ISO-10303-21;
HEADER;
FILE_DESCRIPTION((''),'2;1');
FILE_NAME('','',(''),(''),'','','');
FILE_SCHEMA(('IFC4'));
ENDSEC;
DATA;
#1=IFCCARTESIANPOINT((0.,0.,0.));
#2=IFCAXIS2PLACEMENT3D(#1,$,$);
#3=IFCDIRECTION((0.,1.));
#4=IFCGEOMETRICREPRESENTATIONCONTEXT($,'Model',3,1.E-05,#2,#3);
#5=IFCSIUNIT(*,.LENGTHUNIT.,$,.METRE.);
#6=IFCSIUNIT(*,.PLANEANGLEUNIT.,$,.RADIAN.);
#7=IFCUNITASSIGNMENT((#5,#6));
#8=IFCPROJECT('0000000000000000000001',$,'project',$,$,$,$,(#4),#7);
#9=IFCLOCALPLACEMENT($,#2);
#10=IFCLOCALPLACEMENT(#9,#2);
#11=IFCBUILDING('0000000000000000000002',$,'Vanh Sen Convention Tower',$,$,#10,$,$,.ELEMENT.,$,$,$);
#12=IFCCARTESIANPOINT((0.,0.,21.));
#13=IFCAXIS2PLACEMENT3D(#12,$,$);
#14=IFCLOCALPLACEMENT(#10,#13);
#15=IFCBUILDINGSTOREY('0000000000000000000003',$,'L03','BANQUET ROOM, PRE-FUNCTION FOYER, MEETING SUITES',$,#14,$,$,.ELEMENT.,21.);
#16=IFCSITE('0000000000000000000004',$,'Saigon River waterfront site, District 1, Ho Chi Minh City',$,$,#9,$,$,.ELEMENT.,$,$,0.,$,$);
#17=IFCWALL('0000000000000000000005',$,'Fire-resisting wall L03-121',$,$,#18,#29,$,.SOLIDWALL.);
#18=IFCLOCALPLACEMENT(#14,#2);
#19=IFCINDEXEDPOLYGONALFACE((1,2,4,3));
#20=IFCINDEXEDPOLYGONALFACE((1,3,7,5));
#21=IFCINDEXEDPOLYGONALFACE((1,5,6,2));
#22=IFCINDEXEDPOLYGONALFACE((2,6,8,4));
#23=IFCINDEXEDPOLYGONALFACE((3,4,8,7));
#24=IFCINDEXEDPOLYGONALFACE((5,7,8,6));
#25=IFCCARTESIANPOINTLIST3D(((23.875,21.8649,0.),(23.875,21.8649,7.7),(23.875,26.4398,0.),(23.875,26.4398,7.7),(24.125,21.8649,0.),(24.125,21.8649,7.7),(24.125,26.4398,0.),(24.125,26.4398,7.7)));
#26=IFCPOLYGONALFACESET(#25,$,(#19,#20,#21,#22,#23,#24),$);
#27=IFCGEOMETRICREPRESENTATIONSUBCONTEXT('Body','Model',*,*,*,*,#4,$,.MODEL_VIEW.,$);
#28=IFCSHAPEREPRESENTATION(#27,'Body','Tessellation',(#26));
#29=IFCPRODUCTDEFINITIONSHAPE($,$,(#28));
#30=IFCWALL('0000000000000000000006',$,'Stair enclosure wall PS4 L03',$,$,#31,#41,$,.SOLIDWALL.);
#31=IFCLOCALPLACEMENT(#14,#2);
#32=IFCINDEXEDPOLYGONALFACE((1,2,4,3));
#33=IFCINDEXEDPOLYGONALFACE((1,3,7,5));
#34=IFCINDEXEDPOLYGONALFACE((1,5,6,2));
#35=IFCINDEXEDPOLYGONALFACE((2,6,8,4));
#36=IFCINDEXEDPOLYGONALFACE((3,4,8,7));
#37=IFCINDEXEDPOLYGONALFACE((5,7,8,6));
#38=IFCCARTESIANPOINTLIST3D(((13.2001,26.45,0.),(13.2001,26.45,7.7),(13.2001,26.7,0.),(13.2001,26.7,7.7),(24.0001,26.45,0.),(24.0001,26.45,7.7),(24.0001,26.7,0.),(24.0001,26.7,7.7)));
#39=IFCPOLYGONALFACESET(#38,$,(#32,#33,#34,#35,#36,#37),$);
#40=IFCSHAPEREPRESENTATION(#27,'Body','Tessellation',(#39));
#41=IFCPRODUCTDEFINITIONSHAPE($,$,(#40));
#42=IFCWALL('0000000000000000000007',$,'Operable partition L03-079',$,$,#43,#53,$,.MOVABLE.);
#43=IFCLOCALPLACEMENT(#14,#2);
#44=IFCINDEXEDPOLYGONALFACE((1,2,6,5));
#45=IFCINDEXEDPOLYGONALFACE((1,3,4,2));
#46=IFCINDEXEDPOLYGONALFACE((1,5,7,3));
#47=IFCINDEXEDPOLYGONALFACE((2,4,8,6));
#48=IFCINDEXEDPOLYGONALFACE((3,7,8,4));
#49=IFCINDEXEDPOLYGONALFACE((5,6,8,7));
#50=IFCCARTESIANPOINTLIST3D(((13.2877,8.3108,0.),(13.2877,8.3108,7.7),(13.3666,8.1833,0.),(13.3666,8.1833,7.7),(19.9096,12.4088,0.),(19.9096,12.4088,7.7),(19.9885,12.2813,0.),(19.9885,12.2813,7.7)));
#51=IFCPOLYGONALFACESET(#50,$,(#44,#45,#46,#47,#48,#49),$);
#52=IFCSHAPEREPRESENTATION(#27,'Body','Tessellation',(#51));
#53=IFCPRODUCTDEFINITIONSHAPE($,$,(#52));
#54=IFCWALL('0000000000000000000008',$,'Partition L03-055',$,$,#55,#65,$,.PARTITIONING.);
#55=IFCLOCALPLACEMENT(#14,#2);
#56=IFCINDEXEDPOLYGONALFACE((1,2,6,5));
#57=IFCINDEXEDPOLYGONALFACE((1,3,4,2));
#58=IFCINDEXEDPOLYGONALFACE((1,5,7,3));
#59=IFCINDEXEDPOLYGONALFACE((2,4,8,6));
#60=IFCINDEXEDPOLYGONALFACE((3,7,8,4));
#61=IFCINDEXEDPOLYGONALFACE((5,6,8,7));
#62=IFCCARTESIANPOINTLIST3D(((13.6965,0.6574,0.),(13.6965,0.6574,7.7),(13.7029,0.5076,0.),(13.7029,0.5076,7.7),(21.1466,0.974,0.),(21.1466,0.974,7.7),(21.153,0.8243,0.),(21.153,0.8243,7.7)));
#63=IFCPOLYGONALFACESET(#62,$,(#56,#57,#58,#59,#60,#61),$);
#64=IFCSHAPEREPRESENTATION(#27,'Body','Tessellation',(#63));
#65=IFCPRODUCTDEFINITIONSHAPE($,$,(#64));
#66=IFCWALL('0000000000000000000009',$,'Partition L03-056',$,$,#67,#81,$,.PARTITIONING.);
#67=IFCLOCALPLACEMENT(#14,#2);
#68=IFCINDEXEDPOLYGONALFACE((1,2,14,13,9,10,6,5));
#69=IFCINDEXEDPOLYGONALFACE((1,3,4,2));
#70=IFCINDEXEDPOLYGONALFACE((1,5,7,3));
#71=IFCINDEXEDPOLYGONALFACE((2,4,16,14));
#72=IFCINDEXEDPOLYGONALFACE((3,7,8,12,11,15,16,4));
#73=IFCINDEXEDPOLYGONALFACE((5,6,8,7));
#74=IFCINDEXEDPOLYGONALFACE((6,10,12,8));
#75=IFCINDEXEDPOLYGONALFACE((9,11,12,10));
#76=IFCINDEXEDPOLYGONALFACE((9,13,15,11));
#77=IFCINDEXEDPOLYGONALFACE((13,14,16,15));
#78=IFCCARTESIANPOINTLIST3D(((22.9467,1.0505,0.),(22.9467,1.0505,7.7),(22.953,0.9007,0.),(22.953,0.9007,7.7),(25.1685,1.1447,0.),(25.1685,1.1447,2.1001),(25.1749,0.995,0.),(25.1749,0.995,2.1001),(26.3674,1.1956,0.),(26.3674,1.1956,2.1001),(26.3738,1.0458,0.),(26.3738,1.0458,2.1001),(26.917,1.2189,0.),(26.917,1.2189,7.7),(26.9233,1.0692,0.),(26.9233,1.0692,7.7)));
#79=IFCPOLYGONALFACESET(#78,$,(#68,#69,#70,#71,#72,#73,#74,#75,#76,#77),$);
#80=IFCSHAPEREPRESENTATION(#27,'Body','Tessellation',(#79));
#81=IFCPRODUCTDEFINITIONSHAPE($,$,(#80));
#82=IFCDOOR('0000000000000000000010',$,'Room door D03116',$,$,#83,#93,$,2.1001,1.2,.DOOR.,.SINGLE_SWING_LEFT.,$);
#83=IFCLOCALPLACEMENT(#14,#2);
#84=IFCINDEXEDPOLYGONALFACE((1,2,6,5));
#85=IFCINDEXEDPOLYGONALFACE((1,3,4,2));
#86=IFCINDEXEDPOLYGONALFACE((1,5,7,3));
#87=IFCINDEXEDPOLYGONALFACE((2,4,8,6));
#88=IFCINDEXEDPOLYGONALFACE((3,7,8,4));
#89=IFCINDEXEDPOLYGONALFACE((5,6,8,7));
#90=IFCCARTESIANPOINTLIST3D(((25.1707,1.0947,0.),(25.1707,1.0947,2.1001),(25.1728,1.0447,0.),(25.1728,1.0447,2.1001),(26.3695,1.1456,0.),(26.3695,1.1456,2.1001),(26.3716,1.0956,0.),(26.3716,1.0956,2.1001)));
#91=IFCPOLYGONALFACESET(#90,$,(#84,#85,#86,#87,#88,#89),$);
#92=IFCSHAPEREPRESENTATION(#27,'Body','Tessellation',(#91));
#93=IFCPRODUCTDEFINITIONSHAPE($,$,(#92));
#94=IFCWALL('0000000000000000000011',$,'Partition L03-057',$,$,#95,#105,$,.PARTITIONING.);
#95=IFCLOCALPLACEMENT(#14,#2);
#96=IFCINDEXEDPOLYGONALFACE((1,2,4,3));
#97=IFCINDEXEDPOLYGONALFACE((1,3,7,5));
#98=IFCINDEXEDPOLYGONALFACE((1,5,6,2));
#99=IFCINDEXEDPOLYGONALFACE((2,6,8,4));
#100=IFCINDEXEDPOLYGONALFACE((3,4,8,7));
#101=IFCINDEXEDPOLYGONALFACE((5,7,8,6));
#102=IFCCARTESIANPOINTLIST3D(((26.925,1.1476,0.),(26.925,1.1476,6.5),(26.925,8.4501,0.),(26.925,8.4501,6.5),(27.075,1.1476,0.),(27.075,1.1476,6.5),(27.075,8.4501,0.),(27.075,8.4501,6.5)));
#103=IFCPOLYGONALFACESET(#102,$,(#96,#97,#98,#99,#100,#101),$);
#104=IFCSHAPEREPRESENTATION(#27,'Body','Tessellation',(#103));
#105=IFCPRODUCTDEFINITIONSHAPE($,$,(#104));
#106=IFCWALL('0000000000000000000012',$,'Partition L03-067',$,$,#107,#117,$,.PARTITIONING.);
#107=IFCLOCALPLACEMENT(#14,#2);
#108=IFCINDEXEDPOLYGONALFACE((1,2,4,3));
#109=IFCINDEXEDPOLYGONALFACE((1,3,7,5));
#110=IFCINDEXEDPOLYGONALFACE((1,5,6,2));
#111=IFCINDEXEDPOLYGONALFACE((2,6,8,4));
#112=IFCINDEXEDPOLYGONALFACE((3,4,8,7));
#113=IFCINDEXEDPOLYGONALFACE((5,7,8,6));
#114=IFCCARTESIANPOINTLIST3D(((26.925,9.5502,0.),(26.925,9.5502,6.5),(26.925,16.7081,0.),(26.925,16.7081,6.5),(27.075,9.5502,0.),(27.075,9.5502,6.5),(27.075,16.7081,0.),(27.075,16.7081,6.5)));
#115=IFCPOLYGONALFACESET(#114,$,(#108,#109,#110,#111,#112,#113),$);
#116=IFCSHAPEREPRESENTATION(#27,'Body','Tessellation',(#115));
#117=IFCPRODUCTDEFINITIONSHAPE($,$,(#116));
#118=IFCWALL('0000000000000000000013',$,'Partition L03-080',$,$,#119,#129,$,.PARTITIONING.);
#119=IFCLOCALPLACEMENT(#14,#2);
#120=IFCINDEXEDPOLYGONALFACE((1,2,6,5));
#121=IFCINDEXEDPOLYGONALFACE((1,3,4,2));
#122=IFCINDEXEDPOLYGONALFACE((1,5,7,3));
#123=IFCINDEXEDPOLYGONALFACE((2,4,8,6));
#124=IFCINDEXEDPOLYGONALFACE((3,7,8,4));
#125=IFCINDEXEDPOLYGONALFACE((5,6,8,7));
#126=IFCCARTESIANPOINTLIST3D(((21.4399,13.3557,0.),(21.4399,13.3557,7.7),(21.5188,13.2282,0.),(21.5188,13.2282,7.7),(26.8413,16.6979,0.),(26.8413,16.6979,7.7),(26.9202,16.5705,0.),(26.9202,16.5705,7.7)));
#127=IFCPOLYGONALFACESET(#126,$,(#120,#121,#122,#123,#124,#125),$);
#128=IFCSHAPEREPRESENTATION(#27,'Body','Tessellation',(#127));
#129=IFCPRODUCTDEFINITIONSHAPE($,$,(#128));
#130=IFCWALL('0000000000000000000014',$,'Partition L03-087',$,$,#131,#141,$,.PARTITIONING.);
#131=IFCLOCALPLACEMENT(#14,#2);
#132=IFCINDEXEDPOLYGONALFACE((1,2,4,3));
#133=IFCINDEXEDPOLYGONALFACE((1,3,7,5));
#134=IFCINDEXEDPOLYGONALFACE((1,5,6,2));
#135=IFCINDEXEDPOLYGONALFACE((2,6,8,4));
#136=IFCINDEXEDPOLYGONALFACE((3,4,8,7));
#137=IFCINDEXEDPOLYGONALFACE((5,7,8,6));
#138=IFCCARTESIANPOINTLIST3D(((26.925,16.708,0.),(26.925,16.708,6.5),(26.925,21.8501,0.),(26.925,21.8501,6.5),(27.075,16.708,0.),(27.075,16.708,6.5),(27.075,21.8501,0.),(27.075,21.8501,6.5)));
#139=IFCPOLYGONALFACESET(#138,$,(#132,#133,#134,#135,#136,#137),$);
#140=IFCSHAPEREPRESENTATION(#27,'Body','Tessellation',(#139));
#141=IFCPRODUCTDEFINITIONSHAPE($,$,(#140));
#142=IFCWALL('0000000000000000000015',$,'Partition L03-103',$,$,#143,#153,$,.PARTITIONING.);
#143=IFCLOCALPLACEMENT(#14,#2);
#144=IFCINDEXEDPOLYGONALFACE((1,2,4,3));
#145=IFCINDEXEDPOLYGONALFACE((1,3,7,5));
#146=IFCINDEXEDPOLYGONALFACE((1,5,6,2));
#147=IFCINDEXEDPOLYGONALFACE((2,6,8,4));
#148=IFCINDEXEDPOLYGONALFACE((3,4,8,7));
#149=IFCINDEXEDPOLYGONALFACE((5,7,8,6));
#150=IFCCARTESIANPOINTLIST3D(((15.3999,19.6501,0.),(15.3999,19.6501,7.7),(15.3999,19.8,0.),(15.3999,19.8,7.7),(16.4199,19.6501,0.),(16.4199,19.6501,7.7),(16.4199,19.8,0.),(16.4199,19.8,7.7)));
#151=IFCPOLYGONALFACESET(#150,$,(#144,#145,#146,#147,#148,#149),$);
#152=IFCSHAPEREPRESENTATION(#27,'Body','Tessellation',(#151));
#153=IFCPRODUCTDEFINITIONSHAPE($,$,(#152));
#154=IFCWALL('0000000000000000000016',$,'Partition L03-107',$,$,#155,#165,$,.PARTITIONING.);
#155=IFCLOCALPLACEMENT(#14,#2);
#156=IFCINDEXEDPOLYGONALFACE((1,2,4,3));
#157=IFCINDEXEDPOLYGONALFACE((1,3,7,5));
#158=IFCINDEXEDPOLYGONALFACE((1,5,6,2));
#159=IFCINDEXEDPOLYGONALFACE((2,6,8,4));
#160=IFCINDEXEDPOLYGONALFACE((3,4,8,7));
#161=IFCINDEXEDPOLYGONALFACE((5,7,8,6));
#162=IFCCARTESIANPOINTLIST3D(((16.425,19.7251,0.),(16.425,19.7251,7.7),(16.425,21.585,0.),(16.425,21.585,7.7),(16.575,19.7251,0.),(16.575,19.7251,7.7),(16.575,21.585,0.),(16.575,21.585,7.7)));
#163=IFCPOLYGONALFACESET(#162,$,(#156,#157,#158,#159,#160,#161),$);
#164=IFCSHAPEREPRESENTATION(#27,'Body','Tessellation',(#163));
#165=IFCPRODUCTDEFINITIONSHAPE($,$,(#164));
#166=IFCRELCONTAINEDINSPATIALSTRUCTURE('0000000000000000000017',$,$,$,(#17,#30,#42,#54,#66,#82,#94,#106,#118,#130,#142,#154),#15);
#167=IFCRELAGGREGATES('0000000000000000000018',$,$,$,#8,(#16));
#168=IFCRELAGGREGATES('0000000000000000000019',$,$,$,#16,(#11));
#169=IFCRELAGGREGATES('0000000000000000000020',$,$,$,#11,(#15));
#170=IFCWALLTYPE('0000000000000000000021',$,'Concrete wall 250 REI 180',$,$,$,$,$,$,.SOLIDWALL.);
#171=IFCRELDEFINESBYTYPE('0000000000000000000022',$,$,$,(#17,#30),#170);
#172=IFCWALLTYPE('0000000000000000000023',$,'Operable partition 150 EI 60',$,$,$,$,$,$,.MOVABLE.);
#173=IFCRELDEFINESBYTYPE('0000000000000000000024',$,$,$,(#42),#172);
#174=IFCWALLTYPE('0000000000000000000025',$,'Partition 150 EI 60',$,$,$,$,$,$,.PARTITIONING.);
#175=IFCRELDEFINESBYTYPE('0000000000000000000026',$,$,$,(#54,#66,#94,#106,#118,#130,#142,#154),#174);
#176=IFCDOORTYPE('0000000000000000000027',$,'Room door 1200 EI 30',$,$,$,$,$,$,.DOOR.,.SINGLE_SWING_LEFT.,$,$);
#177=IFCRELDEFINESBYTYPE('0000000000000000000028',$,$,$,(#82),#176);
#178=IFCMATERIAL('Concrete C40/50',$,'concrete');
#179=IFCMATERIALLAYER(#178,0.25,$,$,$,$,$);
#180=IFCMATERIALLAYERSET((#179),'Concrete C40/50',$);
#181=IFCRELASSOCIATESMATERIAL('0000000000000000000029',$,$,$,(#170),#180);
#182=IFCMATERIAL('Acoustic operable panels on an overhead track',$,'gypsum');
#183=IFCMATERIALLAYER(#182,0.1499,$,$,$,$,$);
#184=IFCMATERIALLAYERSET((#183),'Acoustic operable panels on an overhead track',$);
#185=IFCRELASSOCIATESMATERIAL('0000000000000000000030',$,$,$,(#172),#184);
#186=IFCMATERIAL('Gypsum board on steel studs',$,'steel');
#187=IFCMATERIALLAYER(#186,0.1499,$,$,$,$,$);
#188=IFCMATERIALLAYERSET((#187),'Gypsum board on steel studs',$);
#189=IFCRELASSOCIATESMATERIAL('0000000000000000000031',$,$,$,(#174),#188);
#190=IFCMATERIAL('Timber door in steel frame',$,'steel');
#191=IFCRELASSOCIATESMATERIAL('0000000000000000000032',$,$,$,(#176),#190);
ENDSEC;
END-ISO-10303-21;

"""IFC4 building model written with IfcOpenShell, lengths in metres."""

from ifc_helpers import new_model, si_unit, direction, frame, frame_2d, origin, place, context, subcontext, project, spatial, rectangle, extrude, material, layer, layer_set, type_object, element, fill, save


model = new_model("IFC4")

# Units and contexts
model_context = context("Model", 3, precision=1e-05, world=origin(), true_north=direction((0.0, 1.0)))
body_context = subcontext(model_context, "Body", "Model", "MODEL_VIEW")
ifc_project = project(units=[si_unit("LENGTHUNIT", "METRE"), si_unit("PLANEANGLEUNIT", "RADIAN")], contexts=[model_context])

# Site, building, storey
site_placement = place(None, origin())
site = spatial("IfcSite", under=ifc_project, at=site_placement, Name="Saigon River waterfront site, District 1, Ho Chi Minh City", CompositionType="ELEMENT", RefElevation=0.0)
building_placement = place(site_placement, origin())
building = spatial("IfcBuilding", under=site, at=building_placement, Name="Vanh Sen Convention Tower", CompositionType="ELEMENT")
storey_placement = place(building_placement, frame((0.0, 0.0, 21.0)))
storey = spatial("IfcBuildingStorey", under=building, at=storey_placement, Name="L03", Description="BANQUET ROOM, PRE-FUNCTION FOYER, MEETING SUITES", CompositionType="ELEMENT", Elevation=21.0)

# Shared definitions
ifc_material_1 = material(Name="Concrete C40/50", Category="concrete")
ifc_layer_1 = layer(ifc_material_1, 0.25)
ifc_layer_set_1 = layer_set([ifc_layer_1], Name="Concrete C40/50")
wall_type_1 = type_object("IfcWallType", Name="Concrete wall 250 REI 180", PredefinedType="SOLIDWALL", material=ifc_layer_set_1)

# Walls
wall_1_placement = place(storey_placement, frame((24.0, 26.4399, 0.0), z_axis=(0.0, 0.0, 1.0), x_axis=(0.0, -1.0, 0.0)))
element("IfcWall", 1, at=wall_1_placement, inside=storey, type_object=wall_type_1, Name="Fire-resisting wall L03-121", PredefinedType="SOLIDWALL", context=body_context, shape_type="SweptSolid", body=[
    extrude(rectangle(XDim=4.575, YDim=0.25, at=frame_2d((2.2876, 0.0))), origin(), (0.0, 0.0, 1.0), 7.7),
])
wall_2_placement = place(storey_placement, frame((24.0, 26.575, 0.0), z_axis=(0.0, 0.0, 1.0), x_axis=(-1.0, 0.0, 0.0)))
element("IfcWall", 2, at=wall_2_placement, inside=storey, type_object=wall_type_1, Name="Stair enclosure wall PS4 L03", PredefinedType="SOLIDWALL", context=body_context, shape_type="SweptSolid", body=[
    extrude(rectangle(XDim=10.8, YDim=0.25, at=frame_2d((5.3999, 0.0))), origin(), (0.0, 0.0, 1.0), 7.7),
])
ifc_material_2 = material(Name="Acoustic operable panels on an overhead track", Category="gypsum")
ifc_layer_2 = layer(ifc_material_2, 0.1499)
ifc_layer_set_2 = layer_set([ifc_layer_2], Name="Acoustic operable panels on an overhead track")
wall_type_2 = type_object("IfcWallType", Name="Operable partition 150 EI 60", PredefinedType="MOVABLE", material=ifc_layer_set_2)
wall_3_placement = place(storey_placement, frame((19.949, 12.345, 0.0), z_axis=(0.0, 0.0, 1.0), x_axis=(-0.850341, -0.526232, 0.0)))
element("IfcWall", 3, at=wall_3_placement, inside=storey, type_object=wall_type_2, Name="Operable partition L03-079", PredefinedType="MOVABLE", context=body_context, shape_type="SweptSolid", body=[
    extrude(rectangle(XDim=7.7874, YDim=0.1499, at=frame_2d((3.8936, 0.0))), origin(), (0.0, 0.0, 1.0), 7.7),
])
ifc_material_3 = material(Name="Gypsum board on steel studs", Category="steel")
ifc_layer_3 = layer(ifc_material_3, 0.1499)
ifc_layer_set_3 = layer_set([ifc_layer_3], Name="Gypsum board on steel studs")
wall_type_3 = type_object("IfcWallType", Name="Partition 150 EI 60", PredefinedType="PARTITIONING", material=ifc_layer_set_3)
wall_4_placement = place(storey_placement, frame((21.1499, 0.8992, 0.0), z_axis=(0.0, 0.0, 1.0), x_axis=(-0.999098, -0.042465, 0.0)))
element("IfcWall", 4, at=wall_4_placement, inside=storey, type_object=wall_type_3, Name="Partition L03-055", PredefinedType="PARTITIONING", context=body_context, shape_type="SweptSolid", body=[
    extrude(rectangle(XDim=7.4568, YDim=0.1499, at=frame_2d((3.7285, 0.0))), origin(), (0.0, 0.0, 1.0), 7.7),
])

# Wall, opening, door
wall_5_placement = place(storey_placement, frame((22.95, 0.9756, 0.0), z_axis=(0.0, 0.0, 1.0), x_axis=(0.999101, 0.042392, 0.0)))
wall_5 = element("IfcWall", 5, at=wall_5_placement, inside=storey, type_object=wall_type_3, Name="Partition L03-056", PredefinedType="PARTITIONING", context=body_context, shape_type="SweptSolid", body=[
    extrude(rectangle(XDim=3.9739, YDim=0.1499, at=frame_2d((1.9868, 0.0))), origin(), (0.0, 0.0, 1.0), 7.7),
])
opening_1_placement = place(wall_5_placement, frame((2.2236, 0.0, 0.0)))
opening_1 = element("IfcOpeningElement", 6, at=opening_1_placement, cuts=wall_5, PredefinedType="OPENING", context=body_context, shape_type="SweptSolid", body=[
    extrude(rectangle(XDim=1.2, YDim=2.1001, at=frame_2d((0.6001, 1.05))), frame((0.0, 0.085, 0.0), z_axis=(0.0, -1.0, 0.0), x_axis=(1.0, 0.0, 0.0)), (0.0, 0.0, 1.0), 0.1699),
])
ifc_material_4 = material(Name="Timber door in steel frame", Category="steel")
door_type_1 = type_object("IfcDoorType", Name="Room door 1200 EI 30", OperationType="SINGLE_SWING_LEFT", PredefinedType="DOOR", material=ifc_material_4)
door_1_placement = place(opening_1_placement, origin())
door_1 = element("IfcDoor", 7, at=door_1_placement, inside=storey, type_object=door_type_1, Name="Room door D03116", OperationType="SINGLE_SWING_LEFT", OverallHeight=2.1001, OverallWidth=1.2, PredefinedType="DOOR", context=body_context, shape_type="SweptSolid", body=[
    extrude(rectangle(XDim=1.2, YDim=2.1001, at=frame_2d((0.6001, 1.05))), frame((0.0, 0.0249, 0.0), z_axis=(0.0, -1.0, 0.0), x_axis=(1.0, 0.0, 0.0)), (0.0, 0.0, 1.0), 0.05),
])
fill(opening_1, door_1)

# Walls
wall_6_placement = place(storey_placement, frame((27.0, 1.1475, 0.0), z_axis=(0.0, 0.0, 1.0), x_axis=(0.0, 1.0, 0.0)))
element("IfcWall", 8, at=wall_6_placement, inside=storey, type_object=wall_type_3, Name="Partition L03-057", PredefinedType="PARTITIONING", context=body_context, shape_type="SweptSolid", body=[
    extrude(rectangle(XDim=7.3025, YDim=0.1499, at=frame_2d((3.6514, 0.0))), origin(), (0.0, 0.0, 1.0), 6.5),
])
wall_7_placement = place(storey_placement, frame((27.0, 9.55, 0.0), z_axis=(0.0, 0.0, 1.0), x_axis=(0.0, 1.0, 0.0)))
element("IfcWall", 9, at=wall_7_placement, inside=storey, type_object=wall_type_3, Name="Partition L03-067", PredefinedType="PARTITIONING", context=body_context, shape_type="SweptSolid", body=[
    extrude(rectangle(XDim=7.158, YDim=0.1499, at=frame_2d((3.5791, 0.0))), origin(), (0.0, 0.0, 1.0), 6.5),
])
wall_8_placement = place(storey_placement, frame((21.4795, 13.292, 0.0), z_axis=(0.0, 0.0, 1.0), x_axis=(0.850365, 0.526193, 0.0)))
element("IfcWall", 10, at=wall_8_placement, inside=storey, type_object=wall_type_3, Name="Partition L03-080", PredefinedType="PARTITIONING", context=body_context, shape_type="SweptSolid", body=[
    extrude(rectangle(XDim=6.3518, YDim=0.1499, at=frame_2d((3.1758, 0.0))), origin(), (0.0, 0.0, 1.0), 7.7),
])
wall_9_placement = place(storey_placement, frame((27.0, 16.708, 0.0), z_axis=(0.0, 0.0, 1.0), x_axis=(0.0, 1.0, 0.0)))
element("IfcWall", 11, at=wall_9_placement, inside=storey, type_object=wall_type_3, Name="Partition L03-087", PredefinedType="PARTITIONING", context=body_context, shape_type="SweptSolid", body=[
    extrude(rectangle(XDim=5.1421, YDim=0.1499, at=frame_2d((2.571, 0.0))), origin(), (0.0, 0.0, 1.0), 6.5),
])
wall_10_placement = place(storey_placement, frame((16.4199, 19.7251, 0.0), z_axis=(0.0, 0.0, 1.0), x_axis=(-1.0, 0.0, 0.0)))
element("IfcWall", 12, at=wall_10_placement, inside=storey, type_object=wall_type_3, Name="Partition L03-103", PredefinedType="PARTITIONING", context=body_context, shape_type="SweptSolid", body=[
    extrude(rectangle(XDim=1.02, YDim=0.1499, at=frame_2d((0.51, 0.0))), origin(), (0.0, 0.0, 1.0), 7.7),
])
wall_11_placement = place(storey_placement, frame((16.5, 21.585, 0.0), z_axis=(0.0, 0.0, 1.0), x_axis=(0.0, -1.0, 0.0)))
element("IfcWall", 13, at=wall_11_placement, inside=storey, type_object=wall_type_3, Name="Partition L03-107", PredefinedType="PARTITIONING", context=body_context, shape_type="SweptSolid", body=[
    extrude(rectangle(XDim=1.8599, YDim=0.1499, at=frame_2d((0.9299, 0.0))), origin(), (0.0, 0.0, 1.0), 7.7),
])

save(model, "model.ifc")
